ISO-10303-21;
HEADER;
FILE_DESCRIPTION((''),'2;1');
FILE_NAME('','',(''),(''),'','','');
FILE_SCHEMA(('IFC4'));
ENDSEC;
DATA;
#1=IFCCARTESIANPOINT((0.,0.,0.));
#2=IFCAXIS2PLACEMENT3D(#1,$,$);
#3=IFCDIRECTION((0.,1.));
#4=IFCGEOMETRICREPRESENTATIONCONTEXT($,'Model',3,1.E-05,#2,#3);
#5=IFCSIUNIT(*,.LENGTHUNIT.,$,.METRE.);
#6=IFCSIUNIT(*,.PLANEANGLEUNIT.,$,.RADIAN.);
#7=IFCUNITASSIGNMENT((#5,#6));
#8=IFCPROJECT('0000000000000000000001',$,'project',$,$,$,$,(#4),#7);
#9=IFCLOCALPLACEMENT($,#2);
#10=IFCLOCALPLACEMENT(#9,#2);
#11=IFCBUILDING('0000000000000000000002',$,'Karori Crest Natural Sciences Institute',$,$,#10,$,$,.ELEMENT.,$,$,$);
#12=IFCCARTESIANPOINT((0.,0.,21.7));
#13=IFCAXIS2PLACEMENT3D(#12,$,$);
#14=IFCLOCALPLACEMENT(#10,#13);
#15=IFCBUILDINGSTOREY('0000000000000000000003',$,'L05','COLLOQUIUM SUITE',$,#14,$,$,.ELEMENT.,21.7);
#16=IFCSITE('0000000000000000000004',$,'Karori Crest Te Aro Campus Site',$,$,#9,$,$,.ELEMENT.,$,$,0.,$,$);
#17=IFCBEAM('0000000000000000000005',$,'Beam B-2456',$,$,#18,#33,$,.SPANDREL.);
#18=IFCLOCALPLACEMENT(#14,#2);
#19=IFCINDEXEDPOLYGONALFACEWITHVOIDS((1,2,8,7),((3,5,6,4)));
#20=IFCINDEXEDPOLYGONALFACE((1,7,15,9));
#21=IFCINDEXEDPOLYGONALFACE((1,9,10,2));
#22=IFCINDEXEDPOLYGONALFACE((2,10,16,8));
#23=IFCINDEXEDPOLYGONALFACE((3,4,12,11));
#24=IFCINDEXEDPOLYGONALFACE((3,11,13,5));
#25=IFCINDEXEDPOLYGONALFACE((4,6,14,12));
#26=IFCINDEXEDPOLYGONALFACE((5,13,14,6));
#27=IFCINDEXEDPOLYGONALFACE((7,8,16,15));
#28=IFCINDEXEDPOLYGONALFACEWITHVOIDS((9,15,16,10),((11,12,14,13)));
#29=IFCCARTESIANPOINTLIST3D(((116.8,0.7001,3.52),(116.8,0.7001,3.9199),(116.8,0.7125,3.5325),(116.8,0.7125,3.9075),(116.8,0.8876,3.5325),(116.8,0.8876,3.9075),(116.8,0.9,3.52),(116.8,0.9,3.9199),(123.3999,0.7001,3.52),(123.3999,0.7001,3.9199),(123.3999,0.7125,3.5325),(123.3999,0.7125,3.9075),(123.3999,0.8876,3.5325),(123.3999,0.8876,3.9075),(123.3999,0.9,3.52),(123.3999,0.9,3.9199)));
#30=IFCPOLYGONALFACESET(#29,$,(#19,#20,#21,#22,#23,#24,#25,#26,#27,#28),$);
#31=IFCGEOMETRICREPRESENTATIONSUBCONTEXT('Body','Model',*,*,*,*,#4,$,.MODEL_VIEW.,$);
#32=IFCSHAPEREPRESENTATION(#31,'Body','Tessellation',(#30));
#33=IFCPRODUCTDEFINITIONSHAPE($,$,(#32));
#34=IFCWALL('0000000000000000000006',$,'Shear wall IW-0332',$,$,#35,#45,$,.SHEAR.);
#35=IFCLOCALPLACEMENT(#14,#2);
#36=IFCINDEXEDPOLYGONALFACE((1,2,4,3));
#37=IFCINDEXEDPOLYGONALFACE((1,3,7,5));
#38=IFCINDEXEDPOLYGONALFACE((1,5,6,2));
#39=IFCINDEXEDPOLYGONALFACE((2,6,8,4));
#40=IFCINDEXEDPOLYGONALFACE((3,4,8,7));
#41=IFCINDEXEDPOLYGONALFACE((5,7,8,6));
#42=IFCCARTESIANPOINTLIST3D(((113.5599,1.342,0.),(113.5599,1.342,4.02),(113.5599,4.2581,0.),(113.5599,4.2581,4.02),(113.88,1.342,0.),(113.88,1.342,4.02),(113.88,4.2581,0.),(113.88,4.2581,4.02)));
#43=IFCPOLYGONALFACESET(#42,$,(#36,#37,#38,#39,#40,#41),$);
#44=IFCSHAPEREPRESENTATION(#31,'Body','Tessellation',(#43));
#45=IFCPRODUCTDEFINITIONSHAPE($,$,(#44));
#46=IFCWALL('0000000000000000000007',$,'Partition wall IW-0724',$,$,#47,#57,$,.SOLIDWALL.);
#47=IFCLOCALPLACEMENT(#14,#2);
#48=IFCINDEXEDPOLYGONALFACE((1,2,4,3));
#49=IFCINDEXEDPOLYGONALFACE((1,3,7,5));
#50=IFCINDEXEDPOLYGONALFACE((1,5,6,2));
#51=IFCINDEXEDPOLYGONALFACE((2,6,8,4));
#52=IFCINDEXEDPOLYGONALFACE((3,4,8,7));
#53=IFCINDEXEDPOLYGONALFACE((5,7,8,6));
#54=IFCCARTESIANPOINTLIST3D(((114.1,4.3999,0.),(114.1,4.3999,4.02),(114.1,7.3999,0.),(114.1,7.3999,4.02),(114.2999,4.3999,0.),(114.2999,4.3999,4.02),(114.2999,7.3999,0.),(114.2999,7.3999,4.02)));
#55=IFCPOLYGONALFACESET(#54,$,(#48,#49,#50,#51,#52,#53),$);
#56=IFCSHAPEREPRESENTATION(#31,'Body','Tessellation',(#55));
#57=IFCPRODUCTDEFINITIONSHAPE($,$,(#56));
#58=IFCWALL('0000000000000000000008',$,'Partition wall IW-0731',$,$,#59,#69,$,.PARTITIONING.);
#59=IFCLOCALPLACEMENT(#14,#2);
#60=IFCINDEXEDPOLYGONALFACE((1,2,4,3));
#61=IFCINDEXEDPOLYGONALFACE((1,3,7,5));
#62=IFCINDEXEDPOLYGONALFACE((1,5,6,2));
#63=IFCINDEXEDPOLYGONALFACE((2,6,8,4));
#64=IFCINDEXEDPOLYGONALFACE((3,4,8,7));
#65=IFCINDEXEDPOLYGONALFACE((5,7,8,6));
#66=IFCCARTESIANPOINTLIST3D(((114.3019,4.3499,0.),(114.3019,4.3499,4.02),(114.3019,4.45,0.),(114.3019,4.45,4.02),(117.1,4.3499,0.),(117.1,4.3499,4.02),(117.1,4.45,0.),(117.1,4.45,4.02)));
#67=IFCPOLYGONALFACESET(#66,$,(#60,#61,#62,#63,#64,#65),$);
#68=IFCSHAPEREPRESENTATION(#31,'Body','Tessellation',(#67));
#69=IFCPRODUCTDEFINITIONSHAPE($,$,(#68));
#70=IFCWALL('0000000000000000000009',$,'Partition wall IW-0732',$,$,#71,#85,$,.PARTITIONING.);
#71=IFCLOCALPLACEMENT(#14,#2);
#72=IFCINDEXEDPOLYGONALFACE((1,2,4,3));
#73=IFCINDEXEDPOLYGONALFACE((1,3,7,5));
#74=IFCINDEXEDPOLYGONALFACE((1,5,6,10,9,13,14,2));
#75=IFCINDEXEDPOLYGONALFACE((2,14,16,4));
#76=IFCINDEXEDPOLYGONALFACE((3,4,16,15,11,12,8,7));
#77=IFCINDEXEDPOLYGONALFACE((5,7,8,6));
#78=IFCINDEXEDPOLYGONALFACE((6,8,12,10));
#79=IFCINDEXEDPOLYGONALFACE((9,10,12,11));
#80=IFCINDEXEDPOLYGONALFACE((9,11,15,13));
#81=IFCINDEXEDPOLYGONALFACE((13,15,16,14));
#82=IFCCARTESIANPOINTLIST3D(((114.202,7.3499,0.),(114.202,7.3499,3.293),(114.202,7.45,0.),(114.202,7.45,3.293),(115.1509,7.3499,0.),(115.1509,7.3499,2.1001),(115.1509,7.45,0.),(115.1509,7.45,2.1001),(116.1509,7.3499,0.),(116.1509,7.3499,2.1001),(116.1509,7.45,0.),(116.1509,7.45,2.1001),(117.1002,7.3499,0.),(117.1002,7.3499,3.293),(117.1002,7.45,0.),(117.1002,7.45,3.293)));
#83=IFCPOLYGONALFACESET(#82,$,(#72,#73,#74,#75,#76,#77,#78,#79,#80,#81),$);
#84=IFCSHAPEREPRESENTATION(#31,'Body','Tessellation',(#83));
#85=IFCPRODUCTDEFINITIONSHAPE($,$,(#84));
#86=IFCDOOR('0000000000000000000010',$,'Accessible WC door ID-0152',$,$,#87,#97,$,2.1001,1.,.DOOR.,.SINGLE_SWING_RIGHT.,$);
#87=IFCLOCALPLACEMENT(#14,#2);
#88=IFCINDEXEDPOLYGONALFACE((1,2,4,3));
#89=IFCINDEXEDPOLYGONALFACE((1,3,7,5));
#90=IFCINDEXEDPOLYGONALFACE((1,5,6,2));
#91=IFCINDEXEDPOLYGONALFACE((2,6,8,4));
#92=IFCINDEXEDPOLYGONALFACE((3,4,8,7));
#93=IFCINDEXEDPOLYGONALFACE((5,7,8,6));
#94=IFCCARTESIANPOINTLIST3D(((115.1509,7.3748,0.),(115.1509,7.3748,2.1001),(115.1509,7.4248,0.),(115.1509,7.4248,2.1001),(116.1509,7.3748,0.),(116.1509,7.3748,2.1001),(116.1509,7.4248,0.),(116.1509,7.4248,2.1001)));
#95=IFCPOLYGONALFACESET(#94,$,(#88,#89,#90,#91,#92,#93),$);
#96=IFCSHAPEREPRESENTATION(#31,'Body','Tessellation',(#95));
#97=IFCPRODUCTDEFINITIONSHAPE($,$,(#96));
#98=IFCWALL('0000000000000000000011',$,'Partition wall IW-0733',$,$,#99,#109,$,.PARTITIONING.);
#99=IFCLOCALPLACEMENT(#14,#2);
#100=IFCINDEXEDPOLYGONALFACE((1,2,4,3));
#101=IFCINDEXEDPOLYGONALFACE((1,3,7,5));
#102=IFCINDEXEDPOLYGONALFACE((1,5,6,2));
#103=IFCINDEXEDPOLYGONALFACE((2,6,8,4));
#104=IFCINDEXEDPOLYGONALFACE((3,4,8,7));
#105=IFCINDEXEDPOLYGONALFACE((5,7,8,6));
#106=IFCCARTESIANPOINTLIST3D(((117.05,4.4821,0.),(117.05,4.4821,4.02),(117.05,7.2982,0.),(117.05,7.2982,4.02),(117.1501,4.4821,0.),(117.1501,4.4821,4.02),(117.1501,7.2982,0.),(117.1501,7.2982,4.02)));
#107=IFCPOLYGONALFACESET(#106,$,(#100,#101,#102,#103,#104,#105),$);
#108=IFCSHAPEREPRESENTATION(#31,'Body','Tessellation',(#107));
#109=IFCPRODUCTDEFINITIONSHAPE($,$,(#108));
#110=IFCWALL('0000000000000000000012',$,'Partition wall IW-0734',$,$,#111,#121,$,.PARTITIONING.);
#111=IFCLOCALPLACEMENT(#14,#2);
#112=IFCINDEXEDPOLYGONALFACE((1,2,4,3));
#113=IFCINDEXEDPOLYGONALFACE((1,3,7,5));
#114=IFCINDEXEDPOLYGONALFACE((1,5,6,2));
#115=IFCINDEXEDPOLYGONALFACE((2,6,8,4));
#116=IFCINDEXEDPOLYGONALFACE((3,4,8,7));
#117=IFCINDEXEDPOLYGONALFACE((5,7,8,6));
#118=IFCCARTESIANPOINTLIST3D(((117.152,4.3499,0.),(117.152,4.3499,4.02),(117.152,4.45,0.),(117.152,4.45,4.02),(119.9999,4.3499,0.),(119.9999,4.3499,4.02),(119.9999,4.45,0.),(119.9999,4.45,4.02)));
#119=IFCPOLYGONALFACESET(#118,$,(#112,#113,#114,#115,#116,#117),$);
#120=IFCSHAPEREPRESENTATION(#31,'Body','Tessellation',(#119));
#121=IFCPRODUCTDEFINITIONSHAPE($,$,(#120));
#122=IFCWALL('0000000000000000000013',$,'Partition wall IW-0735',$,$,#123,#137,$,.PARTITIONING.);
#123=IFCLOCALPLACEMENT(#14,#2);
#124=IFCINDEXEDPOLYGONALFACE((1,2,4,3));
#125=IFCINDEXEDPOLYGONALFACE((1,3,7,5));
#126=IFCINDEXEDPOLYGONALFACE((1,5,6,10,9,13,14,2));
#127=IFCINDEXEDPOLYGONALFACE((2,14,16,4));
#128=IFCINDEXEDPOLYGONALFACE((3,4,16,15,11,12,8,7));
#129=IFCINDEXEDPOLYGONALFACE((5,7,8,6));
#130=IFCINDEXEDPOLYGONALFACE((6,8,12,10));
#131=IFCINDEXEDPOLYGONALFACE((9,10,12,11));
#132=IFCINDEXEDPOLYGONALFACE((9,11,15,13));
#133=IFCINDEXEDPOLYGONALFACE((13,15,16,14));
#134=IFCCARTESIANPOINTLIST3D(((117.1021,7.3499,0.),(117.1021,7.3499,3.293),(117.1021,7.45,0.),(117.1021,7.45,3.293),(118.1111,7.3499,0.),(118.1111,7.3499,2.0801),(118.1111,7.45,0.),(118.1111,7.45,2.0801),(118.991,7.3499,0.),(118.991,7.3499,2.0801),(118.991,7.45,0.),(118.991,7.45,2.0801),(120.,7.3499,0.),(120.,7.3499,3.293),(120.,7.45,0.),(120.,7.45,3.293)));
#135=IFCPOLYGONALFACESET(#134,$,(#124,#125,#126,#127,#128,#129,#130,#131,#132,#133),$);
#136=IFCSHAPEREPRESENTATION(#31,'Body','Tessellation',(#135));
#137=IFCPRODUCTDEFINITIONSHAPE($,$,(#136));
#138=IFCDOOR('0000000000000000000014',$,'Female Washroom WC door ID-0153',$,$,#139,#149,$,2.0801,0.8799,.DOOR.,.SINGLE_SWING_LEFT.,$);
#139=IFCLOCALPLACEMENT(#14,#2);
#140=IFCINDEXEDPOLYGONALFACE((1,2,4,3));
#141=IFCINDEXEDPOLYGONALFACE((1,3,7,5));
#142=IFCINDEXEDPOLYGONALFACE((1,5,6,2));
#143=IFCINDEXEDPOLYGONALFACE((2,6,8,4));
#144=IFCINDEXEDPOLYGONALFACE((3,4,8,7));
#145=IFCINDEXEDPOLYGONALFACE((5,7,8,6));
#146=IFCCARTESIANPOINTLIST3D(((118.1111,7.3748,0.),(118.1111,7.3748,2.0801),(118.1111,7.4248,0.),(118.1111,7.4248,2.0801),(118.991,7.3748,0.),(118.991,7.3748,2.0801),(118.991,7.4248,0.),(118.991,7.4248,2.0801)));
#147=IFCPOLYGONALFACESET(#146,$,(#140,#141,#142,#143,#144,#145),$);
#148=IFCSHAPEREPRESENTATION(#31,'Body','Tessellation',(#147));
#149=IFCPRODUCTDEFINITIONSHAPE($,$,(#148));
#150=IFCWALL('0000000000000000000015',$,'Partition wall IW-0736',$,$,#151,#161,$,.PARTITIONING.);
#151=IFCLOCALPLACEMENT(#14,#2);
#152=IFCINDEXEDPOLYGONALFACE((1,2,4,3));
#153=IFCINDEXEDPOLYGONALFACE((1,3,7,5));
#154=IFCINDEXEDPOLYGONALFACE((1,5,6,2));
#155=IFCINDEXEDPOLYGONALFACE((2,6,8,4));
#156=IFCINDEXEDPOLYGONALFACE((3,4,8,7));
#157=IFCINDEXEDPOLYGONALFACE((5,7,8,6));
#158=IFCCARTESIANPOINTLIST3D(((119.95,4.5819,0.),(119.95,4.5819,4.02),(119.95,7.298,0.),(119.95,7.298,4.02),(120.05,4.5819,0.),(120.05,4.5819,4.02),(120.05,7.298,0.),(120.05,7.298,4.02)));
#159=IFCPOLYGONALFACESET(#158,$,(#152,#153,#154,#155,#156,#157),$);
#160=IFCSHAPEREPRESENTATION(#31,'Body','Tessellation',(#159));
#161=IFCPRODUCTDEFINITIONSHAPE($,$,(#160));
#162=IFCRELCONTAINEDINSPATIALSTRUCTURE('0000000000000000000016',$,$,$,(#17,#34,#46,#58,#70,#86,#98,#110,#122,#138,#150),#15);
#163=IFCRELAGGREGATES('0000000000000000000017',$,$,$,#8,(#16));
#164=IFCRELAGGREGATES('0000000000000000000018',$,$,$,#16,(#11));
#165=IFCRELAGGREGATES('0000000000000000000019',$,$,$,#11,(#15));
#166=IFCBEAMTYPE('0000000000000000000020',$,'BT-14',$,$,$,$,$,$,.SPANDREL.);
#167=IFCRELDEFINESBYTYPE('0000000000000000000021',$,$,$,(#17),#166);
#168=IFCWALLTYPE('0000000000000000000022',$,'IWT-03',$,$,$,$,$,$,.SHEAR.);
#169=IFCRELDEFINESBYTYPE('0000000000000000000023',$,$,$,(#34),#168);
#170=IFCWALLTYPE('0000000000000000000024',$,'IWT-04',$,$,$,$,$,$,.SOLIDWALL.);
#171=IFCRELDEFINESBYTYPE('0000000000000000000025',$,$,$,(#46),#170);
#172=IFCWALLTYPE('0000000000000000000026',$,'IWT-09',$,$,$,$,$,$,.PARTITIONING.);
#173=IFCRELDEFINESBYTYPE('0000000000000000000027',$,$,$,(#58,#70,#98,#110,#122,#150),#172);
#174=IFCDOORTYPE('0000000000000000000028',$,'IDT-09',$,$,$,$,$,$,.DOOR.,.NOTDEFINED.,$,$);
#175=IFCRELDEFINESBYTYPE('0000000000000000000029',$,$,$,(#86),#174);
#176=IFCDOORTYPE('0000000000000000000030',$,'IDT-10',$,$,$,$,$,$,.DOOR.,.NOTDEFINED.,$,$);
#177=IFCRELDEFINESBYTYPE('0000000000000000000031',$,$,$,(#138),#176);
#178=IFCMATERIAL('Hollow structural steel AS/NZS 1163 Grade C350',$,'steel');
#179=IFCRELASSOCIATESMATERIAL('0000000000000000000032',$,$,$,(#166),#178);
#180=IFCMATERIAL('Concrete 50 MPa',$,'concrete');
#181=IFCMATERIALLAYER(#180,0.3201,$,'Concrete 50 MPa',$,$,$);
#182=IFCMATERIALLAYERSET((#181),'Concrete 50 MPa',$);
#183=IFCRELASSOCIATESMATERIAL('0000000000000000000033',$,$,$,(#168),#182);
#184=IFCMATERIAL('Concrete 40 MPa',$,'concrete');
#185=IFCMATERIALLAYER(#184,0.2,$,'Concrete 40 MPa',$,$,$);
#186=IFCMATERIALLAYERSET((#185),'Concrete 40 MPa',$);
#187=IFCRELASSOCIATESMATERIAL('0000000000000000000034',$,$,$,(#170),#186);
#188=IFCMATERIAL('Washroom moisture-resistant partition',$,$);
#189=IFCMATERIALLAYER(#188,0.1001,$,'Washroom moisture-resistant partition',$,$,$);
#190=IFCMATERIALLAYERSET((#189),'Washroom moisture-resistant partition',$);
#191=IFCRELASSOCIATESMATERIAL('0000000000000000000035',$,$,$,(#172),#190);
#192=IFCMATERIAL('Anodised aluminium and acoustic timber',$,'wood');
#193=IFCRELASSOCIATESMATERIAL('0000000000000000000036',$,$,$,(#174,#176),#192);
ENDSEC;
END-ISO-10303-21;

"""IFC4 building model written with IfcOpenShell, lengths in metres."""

from ifc_helpers import new_model, si_unit, direction, frame, frame_2d, origin, origin_2d, place, context, subcontext, project, spatial, rectangle, hollow_rectangle, extrude, material, layer, layer_set, material_profile, profile_set, type_object, element, fill, save


model = new_model("IFC4")

# Units and contexts
model_context = context("Model", 3, precision=1e-05, world=origin(), true_north=direction((0.0, 1.0)))
body_context = subcontext(model_context, "Body", "Model", "MODEL_VIEW")
ifc_project = project(units=[si_unit("LENGTHUNIT", "METRE"), si_unit("PLANEANGLEUNIT", "RADIAN")], contexts=[model_context])

# Site, building, storey
site_placement = place(None, origin())
site = spatial("IfcSite", under=ifc_project, at=site_placement, Name="Karori Crest Te Aro Campus Site", CompositionType="ELEMENT", RefElevation=0.0)
building_placement = place(site_placement, origin())
building = spatial("IfcBuilding", under=site, at=building_placement, Name="Karori Crest Natural Sciences Institute", CompositionType="ELEMENT")
storey_placement = place(building_placement, frame((0.0, 0.0, 21.7)))
storey = spatial("IfcBuildingStorey", under=building, at=storey_placement, Name="L05", Description="COLLOQUIUM SUITE", CompositionType="ELEMENT", Elevation=21.7)

# Beam
ifc_material_1 = material(Name="Hollow structural steel AS/NZS 1163 Grade C350", Category="steel")
ifc_material_profile_1 = material_profile(ifc_material_1, hollow_rectangle(XDim=0.2, YDim=0.3999, WallThickness=0.0125, at=origin_2d()), Name="RHS400x200x12.5")
ifc_profile_set_1 = profile_set([ifc_material_profile_1], Name="Hollow structural steel AS/NZS 1163 Grade C350")
beam_type_1 = type_object("IfcBeamType", Name="BT-14", PredefinedType="SPANDREL", material=ifc_profile_set_1)
beam_1_placement = place(storey_placement, frame((116.8, 0.8, 3.72), z_axis=(1.0, 0.0, 0.0), x_axis=(0.0, 1.0, 0.0)))
element("IfcBeam", 1, at=beam_1_placement, inside=storey, type_object=beam_type_1, Name="Beam B-2456", PredefinedType="SPANDREL", context=body_context, shape_type="SweptSolid", body=[
    extrude(hollow_rectangle(XDim=0.2, YDim=0.3999, WallThickness=0.0125, at=origin_2d()), origin(), (0.0, 0.0, 1.0), 6.5999),
])

# Walls
ifc_material_2 = material(Name="Concrete 50 MPa", Category="concrete")
ifc_layer_1 = layer(ifc_material_2, 0.3201, Name="Concrete 50 MPa")
ifc_layer_set_1 = layer_set([ifc_layer_1], Name="Concrete 50 MPa")
wall_type_1 = type_object("IfcWallType", Name="IWT-03", PredefinedType="SHEAR", material=ifc_layer_set_1)
wall_1_placement = place(storey_placement, frame((113.72, 1.342, 0.0), z_axis=(0.0, 0.0, 1.0), x_axis=(0.0, 1.0, 0.0)))
element("IfcWall", 2, at=wall_1_placement, inside=storey, type_object=wall_type_1, Name="Shear wall IW-0332", PredefinedType="SHEAR", context=body_context, shape_type="SweptSolid", body=[
    extrude(rectangle(XDim=2.916, YDim=0.3201, at=frame_2d((1.458, 0.0))), origin(), (0.0, 0.0, 1.0), 4.02),
])
ifc_material_3 = material(Name="Concrete 40 MPa", Category="concrete")
ifc_layer_2 = layer(ifc_material_3, 0.2, Name="Concrete 40 MPa")
ifc_layer_set_2 = layer_set([ifc_layer_2], Name="Concrete 40 MPa")
wall_type_2 = type_object("IfcWallType", Name="IWT-04", PredefinedType="SOLIDWALL", material=ifc_layer_set_2)
wall_2_placement = place(storey_placement, frame((114.2, 4.3999, 0.0), z_axis=(0.0, 0.0, 1.0), x_axis=(0.0, 1.0, 0.0)))
element("IfcWall", 3, at=wall_2_placement, inside=storey, type_object=wall_type_2, Name="Partition wall IW-0724", PredefinedType="SOLIDWALL", context=body_context, shape_type="SweptSolid", body=[
    extrude(rectangle(XDim=3.0, YDim=0.2, at=frame_2d((1.5, 0.0))), origin(), (0.0, 0.0, 1.0), 4.02),
])
ifc_material_4 = material(Name="Washroom moisture-resistant partition")
ifc_layer_3 = layer(ifc_material_4, 0.1001, Name="Washroom moisture-resistant partition")
ifc_layer_set_3 = layer_set([ifc_layer_3], Name="Washroom moisture-resistant partition")
wall_type_3 = type_object("IfcWallType", Name="IWT-09", PredefinedType="PARTITIONING", material=ifc_layer_set_3)
wall_3_placement = place(storey_placement, frame((114.302, 4.3999, 0.0), z_axis=(0.0, 0.0, 1.0), x_axis=(1.0, 0.0, 0.0)))
element("IfcWall", 4, at=wall_3_placement, inside=storey, type_object=wall_type_3, Name="Partition wall IW-0731", PredefinedType="PARTITIONING", context=body_context, shape_type="SweptSolid", body=[
    extrude(rectangle(XDim=2.7981, YDim=0.1001, at=frame_2d((1.3989, 0.0))), origin(), (0.0, 0.0, 1.0), 4.02),
])

# Wall, opening, door
wall_4_placement = place(storey_placement, frame((114.2019, 7.3999, 0.0), z_axis=(0.0, 0.0, 1.0), x_axis=(1.0, 0.0, 0.0)))
wall_4 = element("IfcWall", 5, at=wall_4_placement, inside=storey, type_object=wall_type_3, Name="Partition wall IW-0732", PredefinedType="PARTITIONING", context=body_context, shape_type="SweptSolid", body=[
    extrude(rectangle(XDim=2.8982, YDim=0.1001, at=frame_2d((1.4492, 0.0))), origin(), (0.0, 0.0, 1.0), 3.293),
])
opening_1_placement = place(wall_4_placement, frame((0.949, 0.0, 0.0)))
opening_1 = element("IfcOpeningElement", 6, at=opening_1_placement, cuts=wall_4, PredefinedType="OPENING", context=body_context, shape_type="SweptSolid", body=[
    extrude(rectangle(XDim=1.0, YDim=2.1001, at=frame_2d((0.5, 1.05))), frame((0.0, 0.0601, 0.0), z_axis=(0.0, -1.0, 0.0), x_axis=(1.0, 0.0, 0.0)), (0.0, 0.0, 1.0), 0.1201),
])
ifc_material_5 = material(Name="Anodised aluminium and acoustic timber", Category="wood")
door_type_1 = type_object("IfcDoorType", Name="IDT-09", OperationType="NOTDEFINED", PredefinedType="DOOR", material=ifc_material_5)
door_1_placement = place(opening_1_placement, origin())
door_1 = element("IfcDoor", 7, at=door_1_placement, inside=storey, type_object=door_type_1, Name="Accessible WC door ID-0152", OperationType="SINGLE_SWING_RIGHT", OverallHeight=2.1001, OverallWidth=1.0, PredefinedType="DOOR", context=body_context, shape_type="SweptSolid", body=[
    extrude(rectangle(XDim=1.0, YDim=2.1001, at=frame_2d((0.5, 1.05))), frame((0.0, 0.0249, 0.0), z_axis=(0.0, -1.0, 0.0), x_axis=(1.0, 0.0, 0.0)), (0.0, 0.0, 1.0), 0.05),
])
fill(opening_1, door_1)

# Walls
wall_5_placement = place(storey_placement, frame((117.1001, 4.4819, 0.0), z_axis=(0.0, 0.0, 1.0), x_axis=(0.0, 1.0, 0.0)))
element("IfcWall", 8, at=wall_5_placement, inside=storey, type_object=wall_type_3, Name="Partition wall IW-0733", PredefinedType="PARTITIONING", context=body_context, shape_type="SweptSolid", body=[
    extrude(rectangle(XDim=2.8162, YDim=0.1001, at=frame_2d((1.4082, 0.0))), origin(), (0.0, 0.0, 1.0), 4.02),
])
wall_6_placement = place(storey_placement, frame((117.1521, 4.3999, 0.0), z_axis=(0.0, 0.0, 1.0), x_axis=(1.0, 0.0, 0.0)))
element("IfcWall", 9, at=wall_6_placement, inside=storey, type_object=wall_type_3, Name="Partition wall IW-0734", PredefinedType="PARTITIONING", context=body_context, shape_type="SweptSolid", body=[
    extrude(rectangle(XDim=2.8479, YDim=0.1001, at=frame_2d((1.4238, 0.0))), origin(), (0.0, 0.0, 1.0), 4.02),
])

# Wall, opening, door
wall_7_placement = place(storey_placement, frame((117.1021, 7.3999, 0.0), z_axis=(0.0, 0.0, 1.0), x_axis=(1.0, 0.0, 0.0)))
wall_7 = element("IfcWall", 10, at=wall_7_placement, inside=storey, type_object=wall_type_3, Name="Partition wall IW-0735", PredefinedType="PARTITIONING", context=body_context, shape_type="SweptSolid", body=[
    extrude(rectangle(XDim=2.8979, YDim=0.1001, at=frame_2d((1.449, 0.0))), origin(), (0.0, 0.0, 1.0), 3.293),
])
opening_2_placement = place(wall_7_placement, frame((1.009, 0.0, 0.0)))
opening_2 = element("IfcOpeningElement", 11, at=opening_2_placement, cuts=wall_7, PredefinedType="OPENING", context=body_context, shape_type="SweptSolid", body=[
    extrude(rectangle(XDim=0.8799, YDim=2.0801, at=frame_2d((0.4399, 1.04))), frame((0.0, 0.0601, 0.0), z_axis=(0.0, -1.0, 0.0), x_axis=(1.0, 0.0, 0.0)), (0.0, 0.0, 1.0), 0.1201),
])
door_type_2 = type_object("IfcDoorType", Name="IDT-10", OperationType="NOTDEFINED", PredefinedType="DOOR", material=ifc_material_5)
door_2_placement = place(opening_2_placement, origin())
door_2 = element("IfcDoor", 12, at=door_2_placement, inside=storey, type_object=door_type_2, Name="Female Washroom WC door ID-0153", OperationType="SINGLE_SWING_LEFT", OverallHeight=2.0801, OverallWidth=0.8799, PredefinedType="DOOR", context=body_context, shape_type="SweptSolid", body=[
    extrude(rectangle(XDim=0.8799, YDim=2.0801, at=frame_2d((0.4399, 1.04))), frame((0.0, 0.0249, 0.0), z_axis=(0.0, -1.0, 0.0), x_axis=(1.0, 0.0, 0.0)), (0.0, 0.0, 1.0), 0.05),
])
fill(opening_2, door_2)

# Wall
wall_8_placement = place(storey_placement, frame((120.0, 4.582, 0.0), z_axis=(0.0, 0.0, 1.0), x_axis=(0.0, 1.0, 0.0)))
element("IfcWall", 13, at=wall_8_placement, inside=storey, type_object=wall_type_3, Name="Partition wall IW-0736", PredefinedType="PARTITIONING", context=body_context, shape_type="SweptSolid", body=[
    extrude(rectangle(XDim=2.7161, YDim=0.1001, at=frame_2d((1.3579, 0.0))), origin(), (0.0, 0.0, 1.0), 4.02),
])

save(model, "model.ifc")
